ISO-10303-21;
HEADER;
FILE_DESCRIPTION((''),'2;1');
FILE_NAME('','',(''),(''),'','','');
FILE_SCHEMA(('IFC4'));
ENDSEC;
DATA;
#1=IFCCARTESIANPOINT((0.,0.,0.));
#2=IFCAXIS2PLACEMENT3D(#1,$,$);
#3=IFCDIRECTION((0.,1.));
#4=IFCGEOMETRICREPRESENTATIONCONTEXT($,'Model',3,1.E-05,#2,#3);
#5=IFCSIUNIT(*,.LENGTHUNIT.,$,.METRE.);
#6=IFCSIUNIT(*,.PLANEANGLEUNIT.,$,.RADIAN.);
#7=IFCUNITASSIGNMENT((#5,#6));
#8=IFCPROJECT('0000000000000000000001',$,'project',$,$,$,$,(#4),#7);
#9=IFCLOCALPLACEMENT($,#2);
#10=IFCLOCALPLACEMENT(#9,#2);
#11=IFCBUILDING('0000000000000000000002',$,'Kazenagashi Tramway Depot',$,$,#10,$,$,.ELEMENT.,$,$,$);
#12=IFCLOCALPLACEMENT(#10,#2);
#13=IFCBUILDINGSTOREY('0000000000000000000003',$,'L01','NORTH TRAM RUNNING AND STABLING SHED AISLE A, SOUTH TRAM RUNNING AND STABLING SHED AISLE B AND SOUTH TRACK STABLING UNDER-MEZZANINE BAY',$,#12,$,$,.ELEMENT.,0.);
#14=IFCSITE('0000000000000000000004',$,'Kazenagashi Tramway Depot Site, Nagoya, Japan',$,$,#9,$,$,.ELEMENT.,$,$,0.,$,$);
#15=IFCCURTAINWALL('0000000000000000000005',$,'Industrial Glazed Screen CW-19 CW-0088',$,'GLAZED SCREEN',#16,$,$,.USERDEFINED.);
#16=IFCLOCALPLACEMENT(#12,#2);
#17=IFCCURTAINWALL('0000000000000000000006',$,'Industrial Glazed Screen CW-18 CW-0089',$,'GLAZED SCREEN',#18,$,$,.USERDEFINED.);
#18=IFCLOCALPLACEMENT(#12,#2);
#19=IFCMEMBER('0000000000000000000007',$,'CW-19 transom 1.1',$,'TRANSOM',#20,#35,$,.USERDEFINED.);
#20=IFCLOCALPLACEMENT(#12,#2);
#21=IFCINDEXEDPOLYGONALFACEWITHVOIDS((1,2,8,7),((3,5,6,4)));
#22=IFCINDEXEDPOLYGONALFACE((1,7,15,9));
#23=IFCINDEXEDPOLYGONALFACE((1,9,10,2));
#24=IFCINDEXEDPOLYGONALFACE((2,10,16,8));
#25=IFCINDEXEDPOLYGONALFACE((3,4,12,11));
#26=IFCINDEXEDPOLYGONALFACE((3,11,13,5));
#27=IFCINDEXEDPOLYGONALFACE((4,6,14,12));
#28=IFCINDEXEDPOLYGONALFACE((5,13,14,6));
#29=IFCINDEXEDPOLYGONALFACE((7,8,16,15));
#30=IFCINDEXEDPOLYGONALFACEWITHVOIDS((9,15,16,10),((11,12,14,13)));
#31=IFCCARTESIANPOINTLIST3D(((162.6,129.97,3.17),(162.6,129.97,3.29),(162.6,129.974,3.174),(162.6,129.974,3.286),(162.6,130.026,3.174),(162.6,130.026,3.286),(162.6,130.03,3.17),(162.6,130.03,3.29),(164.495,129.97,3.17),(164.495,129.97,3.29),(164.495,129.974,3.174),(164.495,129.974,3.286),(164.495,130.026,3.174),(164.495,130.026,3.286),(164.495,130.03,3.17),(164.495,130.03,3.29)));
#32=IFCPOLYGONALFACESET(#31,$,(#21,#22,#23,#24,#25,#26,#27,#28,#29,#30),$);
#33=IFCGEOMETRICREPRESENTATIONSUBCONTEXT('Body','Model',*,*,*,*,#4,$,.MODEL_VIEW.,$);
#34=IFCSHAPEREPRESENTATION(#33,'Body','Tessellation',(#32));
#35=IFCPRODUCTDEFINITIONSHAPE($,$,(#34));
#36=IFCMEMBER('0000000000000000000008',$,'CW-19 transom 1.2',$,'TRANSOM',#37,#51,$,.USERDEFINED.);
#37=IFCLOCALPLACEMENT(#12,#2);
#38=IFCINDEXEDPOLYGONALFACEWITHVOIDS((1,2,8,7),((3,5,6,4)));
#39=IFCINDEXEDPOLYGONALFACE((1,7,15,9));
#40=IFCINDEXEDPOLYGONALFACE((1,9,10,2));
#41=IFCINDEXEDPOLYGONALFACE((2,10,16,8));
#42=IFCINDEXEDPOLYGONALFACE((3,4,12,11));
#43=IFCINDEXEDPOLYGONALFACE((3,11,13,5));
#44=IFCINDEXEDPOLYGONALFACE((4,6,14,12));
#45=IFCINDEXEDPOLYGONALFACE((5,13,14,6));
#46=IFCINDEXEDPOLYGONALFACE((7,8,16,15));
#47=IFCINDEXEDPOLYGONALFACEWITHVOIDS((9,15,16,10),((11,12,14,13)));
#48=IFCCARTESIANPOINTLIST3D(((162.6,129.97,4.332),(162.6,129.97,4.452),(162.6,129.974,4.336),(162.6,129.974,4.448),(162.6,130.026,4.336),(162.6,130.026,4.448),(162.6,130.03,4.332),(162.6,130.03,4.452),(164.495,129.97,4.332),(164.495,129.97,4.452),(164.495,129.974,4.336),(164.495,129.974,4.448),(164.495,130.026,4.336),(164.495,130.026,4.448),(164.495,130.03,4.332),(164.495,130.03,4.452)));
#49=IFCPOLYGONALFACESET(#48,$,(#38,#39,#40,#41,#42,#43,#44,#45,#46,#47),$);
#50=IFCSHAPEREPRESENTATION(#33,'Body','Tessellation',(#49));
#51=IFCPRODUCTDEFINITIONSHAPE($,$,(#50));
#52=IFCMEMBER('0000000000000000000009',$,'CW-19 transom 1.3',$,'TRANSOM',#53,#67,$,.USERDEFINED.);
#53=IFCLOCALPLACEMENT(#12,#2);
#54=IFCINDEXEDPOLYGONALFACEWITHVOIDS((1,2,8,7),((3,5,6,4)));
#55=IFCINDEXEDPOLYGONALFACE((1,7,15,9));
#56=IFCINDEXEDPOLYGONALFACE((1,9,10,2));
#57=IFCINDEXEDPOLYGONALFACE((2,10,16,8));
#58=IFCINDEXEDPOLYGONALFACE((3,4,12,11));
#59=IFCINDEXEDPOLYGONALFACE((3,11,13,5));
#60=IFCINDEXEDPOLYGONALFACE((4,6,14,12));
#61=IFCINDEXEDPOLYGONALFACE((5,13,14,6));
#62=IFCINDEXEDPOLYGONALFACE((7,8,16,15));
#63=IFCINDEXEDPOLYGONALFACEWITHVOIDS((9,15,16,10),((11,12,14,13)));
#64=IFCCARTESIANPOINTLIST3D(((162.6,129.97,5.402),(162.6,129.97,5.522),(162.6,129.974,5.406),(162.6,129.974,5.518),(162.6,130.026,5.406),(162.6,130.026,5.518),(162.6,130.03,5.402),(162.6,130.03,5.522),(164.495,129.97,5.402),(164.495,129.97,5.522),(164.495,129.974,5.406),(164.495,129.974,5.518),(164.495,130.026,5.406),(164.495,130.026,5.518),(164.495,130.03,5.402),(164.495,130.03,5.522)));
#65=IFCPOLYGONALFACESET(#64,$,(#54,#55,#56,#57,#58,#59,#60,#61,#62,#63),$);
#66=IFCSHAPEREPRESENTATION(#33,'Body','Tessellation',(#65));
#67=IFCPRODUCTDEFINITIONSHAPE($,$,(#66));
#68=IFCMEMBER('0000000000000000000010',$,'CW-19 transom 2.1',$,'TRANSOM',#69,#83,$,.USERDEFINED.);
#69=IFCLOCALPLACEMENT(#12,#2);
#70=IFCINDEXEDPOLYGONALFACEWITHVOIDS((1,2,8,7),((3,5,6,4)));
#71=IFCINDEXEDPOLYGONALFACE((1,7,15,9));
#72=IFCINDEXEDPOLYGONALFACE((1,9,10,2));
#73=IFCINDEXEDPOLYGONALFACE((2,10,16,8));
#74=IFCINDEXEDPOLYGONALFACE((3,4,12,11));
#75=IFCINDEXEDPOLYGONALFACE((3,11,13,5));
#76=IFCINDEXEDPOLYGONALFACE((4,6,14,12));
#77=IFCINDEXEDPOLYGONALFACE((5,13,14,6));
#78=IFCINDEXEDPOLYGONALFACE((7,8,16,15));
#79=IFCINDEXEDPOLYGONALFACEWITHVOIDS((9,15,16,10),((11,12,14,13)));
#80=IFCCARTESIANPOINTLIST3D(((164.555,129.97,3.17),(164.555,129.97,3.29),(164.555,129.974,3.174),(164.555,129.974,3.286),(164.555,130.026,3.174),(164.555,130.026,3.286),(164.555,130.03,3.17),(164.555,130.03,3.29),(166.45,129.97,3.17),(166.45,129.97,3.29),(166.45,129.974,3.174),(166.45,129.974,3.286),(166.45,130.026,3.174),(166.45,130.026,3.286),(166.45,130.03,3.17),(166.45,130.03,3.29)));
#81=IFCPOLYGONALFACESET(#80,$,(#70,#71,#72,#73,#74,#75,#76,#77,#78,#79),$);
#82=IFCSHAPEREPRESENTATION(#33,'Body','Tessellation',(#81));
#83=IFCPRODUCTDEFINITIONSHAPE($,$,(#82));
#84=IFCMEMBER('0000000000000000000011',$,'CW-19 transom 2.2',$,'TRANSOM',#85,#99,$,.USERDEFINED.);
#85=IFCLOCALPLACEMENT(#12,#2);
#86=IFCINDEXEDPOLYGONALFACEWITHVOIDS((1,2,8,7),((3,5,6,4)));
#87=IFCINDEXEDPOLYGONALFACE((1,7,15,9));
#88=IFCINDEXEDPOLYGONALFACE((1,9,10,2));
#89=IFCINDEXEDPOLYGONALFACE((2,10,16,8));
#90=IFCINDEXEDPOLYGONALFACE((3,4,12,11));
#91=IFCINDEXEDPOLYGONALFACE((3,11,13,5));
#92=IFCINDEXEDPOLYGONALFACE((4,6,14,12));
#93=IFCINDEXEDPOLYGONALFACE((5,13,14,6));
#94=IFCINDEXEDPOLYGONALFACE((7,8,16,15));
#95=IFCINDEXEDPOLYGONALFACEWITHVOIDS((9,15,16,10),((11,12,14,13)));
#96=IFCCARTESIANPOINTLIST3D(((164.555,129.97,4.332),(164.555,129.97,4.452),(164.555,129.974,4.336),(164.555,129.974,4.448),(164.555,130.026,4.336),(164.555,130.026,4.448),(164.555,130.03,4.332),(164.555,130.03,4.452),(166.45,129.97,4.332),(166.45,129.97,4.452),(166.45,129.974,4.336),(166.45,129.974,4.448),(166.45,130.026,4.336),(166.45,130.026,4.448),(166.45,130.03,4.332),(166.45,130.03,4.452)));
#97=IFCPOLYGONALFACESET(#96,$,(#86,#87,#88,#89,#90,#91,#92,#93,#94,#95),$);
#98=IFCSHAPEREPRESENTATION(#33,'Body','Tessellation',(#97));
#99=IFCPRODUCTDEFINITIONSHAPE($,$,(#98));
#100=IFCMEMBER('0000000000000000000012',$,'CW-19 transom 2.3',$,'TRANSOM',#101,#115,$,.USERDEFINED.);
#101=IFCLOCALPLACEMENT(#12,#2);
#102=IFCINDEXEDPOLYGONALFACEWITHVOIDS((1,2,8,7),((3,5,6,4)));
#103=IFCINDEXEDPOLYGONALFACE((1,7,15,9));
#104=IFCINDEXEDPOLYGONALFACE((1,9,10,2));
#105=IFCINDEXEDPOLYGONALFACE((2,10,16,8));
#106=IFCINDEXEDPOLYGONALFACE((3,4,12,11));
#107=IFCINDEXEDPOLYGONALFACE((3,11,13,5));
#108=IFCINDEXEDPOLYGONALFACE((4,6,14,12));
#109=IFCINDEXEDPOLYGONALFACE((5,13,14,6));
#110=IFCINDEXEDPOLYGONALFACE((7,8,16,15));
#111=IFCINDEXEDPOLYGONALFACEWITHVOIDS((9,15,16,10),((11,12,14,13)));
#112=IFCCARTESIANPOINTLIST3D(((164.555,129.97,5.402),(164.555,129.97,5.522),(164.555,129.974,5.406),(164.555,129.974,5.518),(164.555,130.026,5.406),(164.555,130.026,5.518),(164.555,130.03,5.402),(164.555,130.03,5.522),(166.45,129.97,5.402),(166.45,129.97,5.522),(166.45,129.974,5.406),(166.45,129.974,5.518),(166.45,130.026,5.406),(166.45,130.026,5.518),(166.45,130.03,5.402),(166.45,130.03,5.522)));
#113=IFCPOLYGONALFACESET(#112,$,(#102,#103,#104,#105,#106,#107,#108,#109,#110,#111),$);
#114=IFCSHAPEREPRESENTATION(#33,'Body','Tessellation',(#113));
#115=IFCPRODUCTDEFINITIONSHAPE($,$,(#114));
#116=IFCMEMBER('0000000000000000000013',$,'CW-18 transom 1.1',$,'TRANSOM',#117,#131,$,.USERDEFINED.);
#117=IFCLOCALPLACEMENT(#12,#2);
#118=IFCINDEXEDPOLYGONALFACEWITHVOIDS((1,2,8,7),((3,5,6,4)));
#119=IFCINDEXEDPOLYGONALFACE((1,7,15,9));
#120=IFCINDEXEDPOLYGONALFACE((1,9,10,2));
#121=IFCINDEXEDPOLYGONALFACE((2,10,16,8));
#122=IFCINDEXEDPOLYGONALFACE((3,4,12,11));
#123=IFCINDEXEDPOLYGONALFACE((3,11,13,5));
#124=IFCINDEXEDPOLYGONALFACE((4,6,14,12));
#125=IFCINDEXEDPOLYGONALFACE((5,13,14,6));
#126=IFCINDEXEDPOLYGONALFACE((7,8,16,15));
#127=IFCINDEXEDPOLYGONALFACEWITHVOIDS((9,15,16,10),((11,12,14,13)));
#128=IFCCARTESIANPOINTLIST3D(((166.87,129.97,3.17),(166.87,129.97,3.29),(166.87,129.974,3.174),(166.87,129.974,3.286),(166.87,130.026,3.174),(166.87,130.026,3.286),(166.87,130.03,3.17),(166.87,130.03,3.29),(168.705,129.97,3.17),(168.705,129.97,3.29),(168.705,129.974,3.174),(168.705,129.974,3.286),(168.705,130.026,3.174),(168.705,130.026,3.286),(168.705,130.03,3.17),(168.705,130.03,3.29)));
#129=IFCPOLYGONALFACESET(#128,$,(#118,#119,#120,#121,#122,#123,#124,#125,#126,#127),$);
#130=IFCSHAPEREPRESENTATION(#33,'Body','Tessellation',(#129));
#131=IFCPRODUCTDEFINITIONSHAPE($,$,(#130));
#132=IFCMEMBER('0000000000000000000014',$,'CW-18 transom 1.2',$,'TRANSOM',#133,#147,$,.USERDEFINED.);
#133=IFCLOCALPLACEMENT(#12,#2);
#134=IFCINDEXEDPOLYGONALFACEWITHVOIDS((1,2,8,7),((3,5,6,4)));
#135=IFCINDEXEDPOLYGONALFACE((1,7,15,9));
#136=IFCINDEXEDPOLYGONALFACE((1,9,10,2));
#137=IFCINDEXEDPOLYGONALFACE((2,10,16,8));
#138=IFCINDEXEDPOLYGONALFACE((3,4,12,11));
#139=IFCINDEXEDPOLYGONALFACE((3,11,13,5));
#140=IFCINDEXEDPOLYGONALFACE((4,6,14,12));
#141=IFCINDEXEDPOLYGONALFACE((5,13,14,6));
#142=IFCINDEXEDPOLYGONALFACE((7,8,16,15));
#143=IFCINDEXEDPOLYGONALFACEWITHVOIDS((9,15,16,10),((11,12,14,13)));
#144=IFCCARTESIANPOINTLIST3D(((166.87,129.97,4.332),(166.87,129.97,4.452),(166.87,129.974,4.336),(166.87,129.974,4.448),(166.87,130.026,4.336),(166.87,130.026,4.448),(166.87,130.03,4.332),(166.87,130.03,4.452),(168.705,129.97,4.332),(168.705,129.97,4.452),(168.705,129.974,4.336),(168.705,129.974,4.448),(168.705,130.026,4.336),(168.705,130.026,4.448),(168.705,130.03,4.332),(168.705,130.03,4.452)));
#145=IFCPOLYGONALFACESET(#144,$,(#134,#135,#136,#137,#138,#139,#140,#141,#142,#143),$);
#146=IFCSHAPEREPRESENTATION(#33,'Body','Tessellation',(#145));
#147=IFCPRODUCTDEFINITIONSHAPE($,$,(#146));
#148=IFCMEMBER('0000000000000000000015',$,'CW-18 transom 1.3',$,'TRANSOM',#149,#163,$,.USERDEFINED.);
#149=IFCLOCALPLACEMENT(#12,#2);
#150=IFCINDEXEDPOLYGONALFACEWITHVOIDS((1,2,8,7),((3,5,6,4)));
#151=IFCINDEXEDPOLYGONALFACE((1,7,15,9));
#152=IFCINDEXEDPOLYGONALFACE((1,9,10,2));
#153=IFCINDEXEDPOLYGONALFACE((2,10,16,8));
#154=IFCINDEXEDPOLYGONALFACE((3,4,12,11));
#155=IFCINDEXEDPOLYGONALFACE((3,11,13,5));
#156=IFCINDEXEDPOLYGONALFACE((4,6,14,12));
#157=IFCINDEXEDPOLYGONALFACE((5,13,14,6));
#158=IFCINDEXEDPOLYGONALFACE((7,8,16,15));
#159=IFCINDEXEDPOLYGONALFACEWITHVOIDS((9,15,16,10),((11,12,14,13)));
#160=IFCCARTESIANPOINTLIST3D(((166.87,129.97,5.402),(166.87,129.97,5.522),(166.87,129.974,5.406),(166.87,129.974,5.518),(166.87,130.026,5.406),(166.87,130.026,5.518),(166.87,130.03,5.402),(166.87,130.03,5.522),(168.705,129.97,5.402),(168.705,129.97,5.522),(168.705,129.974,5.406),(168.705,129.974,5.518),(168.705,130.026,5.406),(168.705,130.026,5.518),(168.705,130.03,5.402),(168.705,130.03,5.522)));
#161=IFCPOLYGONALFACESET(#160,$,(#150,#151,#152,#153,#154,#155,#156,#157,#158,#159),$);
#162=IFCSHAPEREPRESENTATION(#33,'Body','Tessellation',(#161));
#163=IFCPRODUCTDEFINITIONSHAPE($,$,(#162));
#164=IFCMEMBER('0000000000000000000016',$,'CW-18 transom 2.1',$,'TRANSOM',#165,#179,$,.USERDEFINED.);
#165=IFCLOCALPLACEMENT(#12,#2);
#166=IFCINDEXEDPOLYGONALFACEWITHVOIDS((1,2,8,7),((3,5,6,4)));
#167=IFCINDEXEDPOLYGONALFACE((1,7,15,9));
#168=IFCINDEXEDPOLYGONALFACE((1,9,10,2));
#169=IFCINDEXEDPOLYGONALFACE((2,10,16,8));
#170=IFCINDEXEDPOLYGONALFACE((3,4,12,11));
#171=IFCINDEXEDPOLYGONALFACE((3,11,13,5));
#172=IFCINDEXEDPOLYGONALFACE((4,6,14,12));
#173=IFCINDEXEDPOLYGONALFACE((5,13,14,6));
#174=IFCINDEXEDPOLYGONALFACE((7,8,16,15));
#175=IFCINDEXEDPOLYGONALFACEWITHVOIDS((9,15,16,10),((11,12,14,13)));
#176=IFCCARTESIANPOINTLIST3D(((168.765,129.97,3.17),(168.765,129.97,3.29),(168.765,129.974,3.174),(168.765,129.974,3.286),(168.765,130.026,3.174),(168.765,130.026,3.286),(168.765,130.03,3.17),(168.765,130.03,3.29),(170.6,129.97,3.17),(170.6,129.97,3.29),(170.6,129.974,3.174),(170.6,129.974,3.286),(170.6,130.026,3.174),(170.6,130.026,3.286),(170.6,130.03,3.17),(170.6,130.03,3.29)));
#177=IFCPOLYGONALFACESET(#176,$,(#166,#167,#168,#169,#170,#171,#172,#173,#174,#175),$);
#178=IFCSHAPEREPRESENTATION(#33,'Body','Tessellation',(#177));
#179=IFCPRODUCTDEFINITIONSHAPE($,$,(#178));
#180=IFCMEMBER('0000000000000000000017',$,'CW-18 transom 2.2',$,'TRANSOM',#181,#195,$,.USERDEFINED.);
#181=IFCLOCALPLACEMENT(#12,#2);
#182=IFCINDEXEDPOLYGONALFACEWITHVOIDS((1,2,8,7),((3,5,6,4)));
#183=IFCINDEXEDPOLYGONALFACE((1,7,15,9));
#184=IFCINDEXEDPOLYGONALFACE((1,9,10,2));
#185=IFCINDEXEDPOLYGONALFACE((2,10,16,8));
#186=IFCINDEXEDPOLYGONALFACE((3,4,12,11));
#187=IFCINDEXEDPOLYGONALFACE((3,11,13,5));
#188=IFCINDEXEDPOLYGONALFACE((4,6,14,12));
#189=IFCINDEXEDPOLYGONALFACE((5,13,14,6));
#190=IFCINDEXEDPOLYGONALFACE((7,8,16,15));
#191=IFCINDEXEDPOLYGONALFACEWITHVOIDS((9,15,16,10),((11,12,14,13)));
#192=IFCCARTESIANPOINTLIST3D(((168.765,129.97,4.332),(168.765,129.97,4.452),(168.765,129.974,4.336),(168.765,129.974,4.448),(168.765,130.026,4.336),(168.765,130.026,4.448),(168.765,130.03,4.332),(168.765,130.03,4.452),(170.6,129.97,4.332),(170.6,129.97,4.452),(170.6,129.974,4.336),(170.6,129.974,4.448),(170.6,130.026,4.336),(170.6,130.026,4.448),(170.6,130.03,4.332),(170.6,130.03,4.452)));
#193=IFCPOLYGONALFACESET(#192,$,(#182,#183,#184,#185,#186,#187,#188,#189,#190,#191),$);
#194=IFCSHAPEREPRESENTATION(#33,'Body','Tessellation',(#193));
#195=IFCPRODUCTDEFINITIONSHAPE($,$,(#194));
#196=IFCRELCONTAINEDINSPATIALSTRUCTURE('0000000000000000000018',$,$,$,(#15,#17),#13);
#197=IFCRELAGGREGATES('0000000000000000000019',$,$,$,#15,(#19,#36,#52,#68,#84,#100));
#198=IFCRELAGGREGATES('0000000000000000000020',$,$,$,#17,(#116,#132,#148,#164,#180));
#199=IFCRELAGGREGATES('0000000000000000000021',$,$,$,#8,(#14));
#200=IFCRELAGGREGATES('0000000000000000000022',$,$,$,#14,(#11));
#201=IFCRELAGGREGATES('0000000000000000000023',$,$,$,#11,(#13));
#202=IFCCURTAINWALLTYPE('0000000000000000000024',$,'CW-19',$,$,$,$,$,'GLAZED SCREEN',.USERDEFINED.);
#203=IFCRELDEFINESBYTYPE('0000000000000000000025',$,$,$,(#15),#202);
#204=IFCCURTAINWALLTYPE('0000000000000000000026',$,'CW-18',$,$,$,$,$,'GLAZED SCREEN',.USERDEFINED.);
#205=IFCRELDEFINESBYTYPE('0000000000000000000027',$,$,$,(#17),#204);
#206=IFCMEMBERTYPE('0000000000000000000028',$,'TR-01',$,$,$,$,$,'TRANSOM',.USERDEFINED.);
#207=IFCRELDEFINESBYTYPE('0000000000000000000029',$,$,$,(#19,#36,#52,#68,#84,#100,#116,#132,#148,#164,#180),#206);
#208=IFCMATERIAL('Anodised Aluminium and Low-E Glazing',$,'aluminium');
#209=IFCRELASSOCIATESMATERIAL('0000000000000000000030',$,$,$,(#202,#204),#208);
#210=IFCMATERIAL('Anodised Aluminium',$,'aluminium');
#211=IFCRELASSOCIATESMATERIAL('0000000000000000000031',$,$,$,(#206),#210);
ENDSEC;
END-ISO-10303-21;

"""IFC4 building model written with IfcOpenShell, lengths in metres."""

from ifc_helpers import new_model, si_unit, direction, frame, origin, origin_2d, place, context, subcontext, project, spatial, hollow_rectangle, extrude, material, material_profile, profile_set, type_object, element, aggregate, save


model = new_model("IFC4")

# Units and contexts
model_context = context("Model", 3, precision=1e-05, world=origin(), true_north=direction((0.0, 1.0)))
body_context = subcontext(model_context, "Body", "Model", "MODEL_VIEW")
ifc_project = project(units=[si_unit("LENGTHUNIT", "METRE"), si_unit("PLANEANGLEUNIT", "RADIAN")], contexts=[model_context])

# Site, building, storey
site_placement = place(None, origin())
site = spatial("IfcSite", under=ifc_project, at=site_placement, Name="Kazenagashi Tramway Depot Site, Nagoya, Japan", CompositionType="ELEMENT", RefElevation=0.0)
building_placement = place(site_placement, origin())
building = spatial("IfcBuilding", under=site, at=building_placement, Name="Kazenagashi Tramway Depot", CompositionType="ELEMENT")
storey_placement = place(building_placement, origin())
storey = spatial("IfcBuildingStorey", under=building, at=storey_placement, Name="L01", Description="NORTH TRAM RUNNING AND STABLING SHED AISLE A, SOUTH TRAM RUNNING AND STABLING SHED AISLE B AND SOUTH TRACK STABLING UNDER-MEZZANINE BAY", CompositionType="ELEMENT", Elevation=0.0)

# Shared definitions
ifc_material_1 = material(Name="Anodised Aluminium and Low-E Glazing", Category="aluminium")
curtain_wall_type_1 = type_object("IfcCurtainWallType", Name="CW-19", ElementType="GLAZED SCREEN", PredefinedType="USERDEFINED", material=ifc_material_1)
ifc_material_2 = material(Name="Anodised Aluminium", Category="aluminium")

# Curtain walls
curtain_wall_1_placement = place(storey_placement, origin())
curtain_wall_1 = element("IfcCurtainWall", 1, at=curtain_wall_1_placement, inside=storey, type_object=curtain_wall_type_1, Name="Industrial Glazed Screen CW-19 CW-0088", ObjectType="GLAZED SCREEN", PredefinedType="USERDEFINED")
curtain_wall_type_2 = type_object("IfcCurtainWallType", Name="CW-18", ElementType="GLAZED SCREEN", PredefinedType="USERDEFINED", material=ifc_material_1)
curtain_wall_2_placement = place(storey_placement, origin())
curtain_wall_2 = element("IfcCurtainWall", 2, at=curtain_wall_2_placement, inside=storey, type_object=curtain_wall_type_2, Name="Industrial Glazed Screen CW-18 CW-0089", ObjectType="GLAZED SCREEN", PredefinedType="USERDEFINED")

# Members
ifc_material_profile_1 = material_profile(ifc_material_2, hollow_rectangle(XDim=0.06, YDim=0.12, WallThickness=0.004, at=origin_2d()), Name="RHS-120x60x4")
ifc_profile_set_1 = profile_set([ifc_material_profile_1], Name="Anodised Aluminium")
member_type_1 = type_object("IfcMemberType", Name="TR-01", ElementType="TRANSOM", PredefinedType="USERDEFINED", material=ifc_profile_set_1)
member_1_placement = place(storey_placement, frame((162.6, 130.0, 3.23), z_axis=(1.0, 0.0, 0.0), x_axis=(0.0, 1.0, 0.0)))
member_1 = element("IfcMember", 3, at=member_1_placement, type_object=member_type_1, Name="CW-19 transom 1.1", ObjectType="TRANSOM", PredefinedType="USERDEFINED", context=body_context, shape_type="SweptSolid", body=[
    extrude(hollow_rectangle(XDim=0.06, YDim=0.12, WallThickness=0.004, at=origin_2d()), origin(), (0.0, 0.0, 1.0), 1.895),
])
member_2_placement = place(storey_placement, frame((162.6, 130.0, 4.392), z_axis=(1.0, 0.0, 0.0), x_axis=(0.0, 1.0, 0.0)))
member_2 = element("IfcMember", 4, at=member_2_placement, type_object=member_type_1, Name="CW-19 transom 1.2", ObjectType="TRANSOM", PredefinedType="USERDEFINED", context=body_context, shape_type="SweptSolid", body=[
    extrude(hollow_rectangle(XDim=0.06, YDim=0.12, WallThickness=0.004, at=origin_2d()), origin(), (0.0, 0.0, 1.0), 1.895),
])
member_3_placement = place(storey_placement, frame((162.6, 130.0, 5.462), z_axis=(1.0, 0.0, 0.0), x_axis=(0.0, 1.0, 0.0)))
member_3 = element("IfcMember", 5, at=member_3_placement, type_object=member_type_1, Name="CW-19 transom 1.3", ObjectType="TRANSOM", PredefinedType="USERDEFINED", context=body_context, shape_type="SweptSolid", body=[
    extrude(hollow_rectangle(XDim=0.06, YDim=0.12, WallThickness=0.004, at=origin_2d()), origin(), (0.0, 0.0, 1.0), 1.895),
])
member_4_placement = place(storey_placement, frame((164.555, 130.0, 3.23), z_axis=(1.0, 0.0, 0.0), x_axis=(0.0, 1.0, 0.0)))
member_4 = element("IfcMember", 6, at=member_4_placement, type_object=member_type_1, Name="CW-19 transom 2.1", ObjectType="TRANSOM", PredefinedType="USERDEFINED", context=body_context, shape_type="SweptSolid", body=[
    extrude(hollow_rectangle(XDim=0.06, YDim=0.12, WallThickness=0.004, at=origin_2d()), origin(), (0.0, 0.0, 1.0), 1.895),
])
member_5_placement = place(storey_placement, frame((164.555, 130.0, 4.392), z_axis=(1.0, 0.0, 0.0), x_axis=(0.0, 1.0, 0.0)))
member_5 = element("IfcMember", 7, at=member_5_placement, type_object=member_type_1, Name="CW-19 transom 2.2", ObjectType="TRANSOM", PredefinedType="USERDEFINED", context=body_context, shape_type="SweptSolid", body=[
    extrude(hollow_rectangle(XDim=0.06, YDim=0.12, WallThickness=0.004, at=origin_2d()), origin(), (0.0, 0.0, 1.0), 1.895),
])
member_6_placement = place(storey_placement, frame((164.555, 130.0, 5.462), z_axis=(1.0, 0.0, 0.0), x_axis=(0.0, 1.0, 0.0)))
member_6 = element("IfcMember", 8, at=member_6_placement, type_object=member_type_1, Name="CW-19 transom 2.3", ObjectType="TRANSOM", PredefinedType="USERDEFINED", context=body_context, shape_type="SweptSolid", body=[
    extrude(hollow_rectangle(XDim=0.06, YDim=0.12, WallThickness=0.004, at=origin_2d()), origin(), (0.0, 0.0, 1.0), 1.895),
])
member_7_placement = place(storey_placement, frame((166.87, 130.0, 3.23), z_axis=(1.0, 0.0, 0.0), x_axis=(0.0, 1.0, 0.0)))
member_7 = element("IfcMember", 9, at=member_7_placement, type_object=member_type_1, Name="CW-18 transom 1.1", ObjectType="TRANSOM", PredefinedType="USERDEFINED", context=body_context, shape_type="SweptSolid", body=[
    extrude(hollow_rectangle(XDim=0.06, YDim=0.12, WallThickness=0.004, at=origin_2d()), origin(), (0.0, 0.0, 1.0), 1.835),
])
member_8_placement = place(storey_placement, frame((166.87, 130.0, 4.392), z_axis=(1.0, 0.0, 0.0), x_axis=(0.0, 1.0, 0.0)))
member_8 = element("IfcMember", 10, at=member_8_placement, type_object=member_type_1, Name="CW-18 transom 1.2", ObjectType="TRANSOM", PredefinedType="USERDEFINED", context=body_context, shape_type="SweptSolid", body=[
    extrude(hollow_rectangle(XDim=0.06, YDim=0.12, WallThickness=0.004, at=origin_2d()), origin(), (0.0, 0.0, 1.0), 1.835),
])
member_9_placement = place(storey_placement, frame((166.87, 130.0, 5.462), z_axis=(1.0, 0.0, 0.0), x_axis=(0.0, 1.0, 0.0)))
member_9 = element("IfcMember", 11, at=member_9_placement, type_object=member_type_1, Name="CW-18 transom 1.3", ObjectType="TRANSOM", PredefinedType="USERDEFINED", context=body_context, shape_type="SweptSolid", body=[
    extrude(hollow_rectangle(XDim=0.06, YDim=0.12, WallThickness=0.004, at=origin_2d()), origin(), (0.0, 0.0, 1.0), 1.835),
])
member_10_placement = place(storey_placement, frame((168.765, 130.0, 3.23), z_axis=(1.0, 0.0, 0.0), x_axis=(0.0, 1.0, 0.0)))
member_10 = element("IfcMember", 12, at=member_10_placement, type_object=member_type_1, Name="CW-18 transom 2.1", ObjectType="TRANSOM", PredefinedType="USERDEFINED", context=body_context, shape_type="SweptSolid", body=[
    extrude(hollow_rectangle(XDim=0.06, YDim=0.12, WallThickness=0.004, at=origin_2d()), origin(), (0.0, 0.0, 1.0), 1.835),
])
member_11_placement = place(storey_placement, frame((168.765, 130.0, 4.392), z_axis=(1.0, 0.0, 0.0), x_axis=(0.0, 1.0, 0.0)))
member_11 = element("IfcMember", 13, at=member_11_placement, type_object=member_type_1, Name="CW-18 transom 2.2", ObjectType="TRANSOM", PredefinedType="USERDEFINED", context=body_context, shape_type="SweptSolid", body=[
    extrude(hollow_rectangle(XDim=0.06, YDim=0.12, WallThickness=0.004, at=origin_2d()), origin(), (0.0, 0.0, 1.0), 1.835),
])

aggregate(curtain_wall_1, [member_1, member_2, member_3, member_4, member_5, member_6])
aggregate(curtain_wall_2, [member_7, member_8, member_9, member_10, member_11])

save(model, "model.ifc")
